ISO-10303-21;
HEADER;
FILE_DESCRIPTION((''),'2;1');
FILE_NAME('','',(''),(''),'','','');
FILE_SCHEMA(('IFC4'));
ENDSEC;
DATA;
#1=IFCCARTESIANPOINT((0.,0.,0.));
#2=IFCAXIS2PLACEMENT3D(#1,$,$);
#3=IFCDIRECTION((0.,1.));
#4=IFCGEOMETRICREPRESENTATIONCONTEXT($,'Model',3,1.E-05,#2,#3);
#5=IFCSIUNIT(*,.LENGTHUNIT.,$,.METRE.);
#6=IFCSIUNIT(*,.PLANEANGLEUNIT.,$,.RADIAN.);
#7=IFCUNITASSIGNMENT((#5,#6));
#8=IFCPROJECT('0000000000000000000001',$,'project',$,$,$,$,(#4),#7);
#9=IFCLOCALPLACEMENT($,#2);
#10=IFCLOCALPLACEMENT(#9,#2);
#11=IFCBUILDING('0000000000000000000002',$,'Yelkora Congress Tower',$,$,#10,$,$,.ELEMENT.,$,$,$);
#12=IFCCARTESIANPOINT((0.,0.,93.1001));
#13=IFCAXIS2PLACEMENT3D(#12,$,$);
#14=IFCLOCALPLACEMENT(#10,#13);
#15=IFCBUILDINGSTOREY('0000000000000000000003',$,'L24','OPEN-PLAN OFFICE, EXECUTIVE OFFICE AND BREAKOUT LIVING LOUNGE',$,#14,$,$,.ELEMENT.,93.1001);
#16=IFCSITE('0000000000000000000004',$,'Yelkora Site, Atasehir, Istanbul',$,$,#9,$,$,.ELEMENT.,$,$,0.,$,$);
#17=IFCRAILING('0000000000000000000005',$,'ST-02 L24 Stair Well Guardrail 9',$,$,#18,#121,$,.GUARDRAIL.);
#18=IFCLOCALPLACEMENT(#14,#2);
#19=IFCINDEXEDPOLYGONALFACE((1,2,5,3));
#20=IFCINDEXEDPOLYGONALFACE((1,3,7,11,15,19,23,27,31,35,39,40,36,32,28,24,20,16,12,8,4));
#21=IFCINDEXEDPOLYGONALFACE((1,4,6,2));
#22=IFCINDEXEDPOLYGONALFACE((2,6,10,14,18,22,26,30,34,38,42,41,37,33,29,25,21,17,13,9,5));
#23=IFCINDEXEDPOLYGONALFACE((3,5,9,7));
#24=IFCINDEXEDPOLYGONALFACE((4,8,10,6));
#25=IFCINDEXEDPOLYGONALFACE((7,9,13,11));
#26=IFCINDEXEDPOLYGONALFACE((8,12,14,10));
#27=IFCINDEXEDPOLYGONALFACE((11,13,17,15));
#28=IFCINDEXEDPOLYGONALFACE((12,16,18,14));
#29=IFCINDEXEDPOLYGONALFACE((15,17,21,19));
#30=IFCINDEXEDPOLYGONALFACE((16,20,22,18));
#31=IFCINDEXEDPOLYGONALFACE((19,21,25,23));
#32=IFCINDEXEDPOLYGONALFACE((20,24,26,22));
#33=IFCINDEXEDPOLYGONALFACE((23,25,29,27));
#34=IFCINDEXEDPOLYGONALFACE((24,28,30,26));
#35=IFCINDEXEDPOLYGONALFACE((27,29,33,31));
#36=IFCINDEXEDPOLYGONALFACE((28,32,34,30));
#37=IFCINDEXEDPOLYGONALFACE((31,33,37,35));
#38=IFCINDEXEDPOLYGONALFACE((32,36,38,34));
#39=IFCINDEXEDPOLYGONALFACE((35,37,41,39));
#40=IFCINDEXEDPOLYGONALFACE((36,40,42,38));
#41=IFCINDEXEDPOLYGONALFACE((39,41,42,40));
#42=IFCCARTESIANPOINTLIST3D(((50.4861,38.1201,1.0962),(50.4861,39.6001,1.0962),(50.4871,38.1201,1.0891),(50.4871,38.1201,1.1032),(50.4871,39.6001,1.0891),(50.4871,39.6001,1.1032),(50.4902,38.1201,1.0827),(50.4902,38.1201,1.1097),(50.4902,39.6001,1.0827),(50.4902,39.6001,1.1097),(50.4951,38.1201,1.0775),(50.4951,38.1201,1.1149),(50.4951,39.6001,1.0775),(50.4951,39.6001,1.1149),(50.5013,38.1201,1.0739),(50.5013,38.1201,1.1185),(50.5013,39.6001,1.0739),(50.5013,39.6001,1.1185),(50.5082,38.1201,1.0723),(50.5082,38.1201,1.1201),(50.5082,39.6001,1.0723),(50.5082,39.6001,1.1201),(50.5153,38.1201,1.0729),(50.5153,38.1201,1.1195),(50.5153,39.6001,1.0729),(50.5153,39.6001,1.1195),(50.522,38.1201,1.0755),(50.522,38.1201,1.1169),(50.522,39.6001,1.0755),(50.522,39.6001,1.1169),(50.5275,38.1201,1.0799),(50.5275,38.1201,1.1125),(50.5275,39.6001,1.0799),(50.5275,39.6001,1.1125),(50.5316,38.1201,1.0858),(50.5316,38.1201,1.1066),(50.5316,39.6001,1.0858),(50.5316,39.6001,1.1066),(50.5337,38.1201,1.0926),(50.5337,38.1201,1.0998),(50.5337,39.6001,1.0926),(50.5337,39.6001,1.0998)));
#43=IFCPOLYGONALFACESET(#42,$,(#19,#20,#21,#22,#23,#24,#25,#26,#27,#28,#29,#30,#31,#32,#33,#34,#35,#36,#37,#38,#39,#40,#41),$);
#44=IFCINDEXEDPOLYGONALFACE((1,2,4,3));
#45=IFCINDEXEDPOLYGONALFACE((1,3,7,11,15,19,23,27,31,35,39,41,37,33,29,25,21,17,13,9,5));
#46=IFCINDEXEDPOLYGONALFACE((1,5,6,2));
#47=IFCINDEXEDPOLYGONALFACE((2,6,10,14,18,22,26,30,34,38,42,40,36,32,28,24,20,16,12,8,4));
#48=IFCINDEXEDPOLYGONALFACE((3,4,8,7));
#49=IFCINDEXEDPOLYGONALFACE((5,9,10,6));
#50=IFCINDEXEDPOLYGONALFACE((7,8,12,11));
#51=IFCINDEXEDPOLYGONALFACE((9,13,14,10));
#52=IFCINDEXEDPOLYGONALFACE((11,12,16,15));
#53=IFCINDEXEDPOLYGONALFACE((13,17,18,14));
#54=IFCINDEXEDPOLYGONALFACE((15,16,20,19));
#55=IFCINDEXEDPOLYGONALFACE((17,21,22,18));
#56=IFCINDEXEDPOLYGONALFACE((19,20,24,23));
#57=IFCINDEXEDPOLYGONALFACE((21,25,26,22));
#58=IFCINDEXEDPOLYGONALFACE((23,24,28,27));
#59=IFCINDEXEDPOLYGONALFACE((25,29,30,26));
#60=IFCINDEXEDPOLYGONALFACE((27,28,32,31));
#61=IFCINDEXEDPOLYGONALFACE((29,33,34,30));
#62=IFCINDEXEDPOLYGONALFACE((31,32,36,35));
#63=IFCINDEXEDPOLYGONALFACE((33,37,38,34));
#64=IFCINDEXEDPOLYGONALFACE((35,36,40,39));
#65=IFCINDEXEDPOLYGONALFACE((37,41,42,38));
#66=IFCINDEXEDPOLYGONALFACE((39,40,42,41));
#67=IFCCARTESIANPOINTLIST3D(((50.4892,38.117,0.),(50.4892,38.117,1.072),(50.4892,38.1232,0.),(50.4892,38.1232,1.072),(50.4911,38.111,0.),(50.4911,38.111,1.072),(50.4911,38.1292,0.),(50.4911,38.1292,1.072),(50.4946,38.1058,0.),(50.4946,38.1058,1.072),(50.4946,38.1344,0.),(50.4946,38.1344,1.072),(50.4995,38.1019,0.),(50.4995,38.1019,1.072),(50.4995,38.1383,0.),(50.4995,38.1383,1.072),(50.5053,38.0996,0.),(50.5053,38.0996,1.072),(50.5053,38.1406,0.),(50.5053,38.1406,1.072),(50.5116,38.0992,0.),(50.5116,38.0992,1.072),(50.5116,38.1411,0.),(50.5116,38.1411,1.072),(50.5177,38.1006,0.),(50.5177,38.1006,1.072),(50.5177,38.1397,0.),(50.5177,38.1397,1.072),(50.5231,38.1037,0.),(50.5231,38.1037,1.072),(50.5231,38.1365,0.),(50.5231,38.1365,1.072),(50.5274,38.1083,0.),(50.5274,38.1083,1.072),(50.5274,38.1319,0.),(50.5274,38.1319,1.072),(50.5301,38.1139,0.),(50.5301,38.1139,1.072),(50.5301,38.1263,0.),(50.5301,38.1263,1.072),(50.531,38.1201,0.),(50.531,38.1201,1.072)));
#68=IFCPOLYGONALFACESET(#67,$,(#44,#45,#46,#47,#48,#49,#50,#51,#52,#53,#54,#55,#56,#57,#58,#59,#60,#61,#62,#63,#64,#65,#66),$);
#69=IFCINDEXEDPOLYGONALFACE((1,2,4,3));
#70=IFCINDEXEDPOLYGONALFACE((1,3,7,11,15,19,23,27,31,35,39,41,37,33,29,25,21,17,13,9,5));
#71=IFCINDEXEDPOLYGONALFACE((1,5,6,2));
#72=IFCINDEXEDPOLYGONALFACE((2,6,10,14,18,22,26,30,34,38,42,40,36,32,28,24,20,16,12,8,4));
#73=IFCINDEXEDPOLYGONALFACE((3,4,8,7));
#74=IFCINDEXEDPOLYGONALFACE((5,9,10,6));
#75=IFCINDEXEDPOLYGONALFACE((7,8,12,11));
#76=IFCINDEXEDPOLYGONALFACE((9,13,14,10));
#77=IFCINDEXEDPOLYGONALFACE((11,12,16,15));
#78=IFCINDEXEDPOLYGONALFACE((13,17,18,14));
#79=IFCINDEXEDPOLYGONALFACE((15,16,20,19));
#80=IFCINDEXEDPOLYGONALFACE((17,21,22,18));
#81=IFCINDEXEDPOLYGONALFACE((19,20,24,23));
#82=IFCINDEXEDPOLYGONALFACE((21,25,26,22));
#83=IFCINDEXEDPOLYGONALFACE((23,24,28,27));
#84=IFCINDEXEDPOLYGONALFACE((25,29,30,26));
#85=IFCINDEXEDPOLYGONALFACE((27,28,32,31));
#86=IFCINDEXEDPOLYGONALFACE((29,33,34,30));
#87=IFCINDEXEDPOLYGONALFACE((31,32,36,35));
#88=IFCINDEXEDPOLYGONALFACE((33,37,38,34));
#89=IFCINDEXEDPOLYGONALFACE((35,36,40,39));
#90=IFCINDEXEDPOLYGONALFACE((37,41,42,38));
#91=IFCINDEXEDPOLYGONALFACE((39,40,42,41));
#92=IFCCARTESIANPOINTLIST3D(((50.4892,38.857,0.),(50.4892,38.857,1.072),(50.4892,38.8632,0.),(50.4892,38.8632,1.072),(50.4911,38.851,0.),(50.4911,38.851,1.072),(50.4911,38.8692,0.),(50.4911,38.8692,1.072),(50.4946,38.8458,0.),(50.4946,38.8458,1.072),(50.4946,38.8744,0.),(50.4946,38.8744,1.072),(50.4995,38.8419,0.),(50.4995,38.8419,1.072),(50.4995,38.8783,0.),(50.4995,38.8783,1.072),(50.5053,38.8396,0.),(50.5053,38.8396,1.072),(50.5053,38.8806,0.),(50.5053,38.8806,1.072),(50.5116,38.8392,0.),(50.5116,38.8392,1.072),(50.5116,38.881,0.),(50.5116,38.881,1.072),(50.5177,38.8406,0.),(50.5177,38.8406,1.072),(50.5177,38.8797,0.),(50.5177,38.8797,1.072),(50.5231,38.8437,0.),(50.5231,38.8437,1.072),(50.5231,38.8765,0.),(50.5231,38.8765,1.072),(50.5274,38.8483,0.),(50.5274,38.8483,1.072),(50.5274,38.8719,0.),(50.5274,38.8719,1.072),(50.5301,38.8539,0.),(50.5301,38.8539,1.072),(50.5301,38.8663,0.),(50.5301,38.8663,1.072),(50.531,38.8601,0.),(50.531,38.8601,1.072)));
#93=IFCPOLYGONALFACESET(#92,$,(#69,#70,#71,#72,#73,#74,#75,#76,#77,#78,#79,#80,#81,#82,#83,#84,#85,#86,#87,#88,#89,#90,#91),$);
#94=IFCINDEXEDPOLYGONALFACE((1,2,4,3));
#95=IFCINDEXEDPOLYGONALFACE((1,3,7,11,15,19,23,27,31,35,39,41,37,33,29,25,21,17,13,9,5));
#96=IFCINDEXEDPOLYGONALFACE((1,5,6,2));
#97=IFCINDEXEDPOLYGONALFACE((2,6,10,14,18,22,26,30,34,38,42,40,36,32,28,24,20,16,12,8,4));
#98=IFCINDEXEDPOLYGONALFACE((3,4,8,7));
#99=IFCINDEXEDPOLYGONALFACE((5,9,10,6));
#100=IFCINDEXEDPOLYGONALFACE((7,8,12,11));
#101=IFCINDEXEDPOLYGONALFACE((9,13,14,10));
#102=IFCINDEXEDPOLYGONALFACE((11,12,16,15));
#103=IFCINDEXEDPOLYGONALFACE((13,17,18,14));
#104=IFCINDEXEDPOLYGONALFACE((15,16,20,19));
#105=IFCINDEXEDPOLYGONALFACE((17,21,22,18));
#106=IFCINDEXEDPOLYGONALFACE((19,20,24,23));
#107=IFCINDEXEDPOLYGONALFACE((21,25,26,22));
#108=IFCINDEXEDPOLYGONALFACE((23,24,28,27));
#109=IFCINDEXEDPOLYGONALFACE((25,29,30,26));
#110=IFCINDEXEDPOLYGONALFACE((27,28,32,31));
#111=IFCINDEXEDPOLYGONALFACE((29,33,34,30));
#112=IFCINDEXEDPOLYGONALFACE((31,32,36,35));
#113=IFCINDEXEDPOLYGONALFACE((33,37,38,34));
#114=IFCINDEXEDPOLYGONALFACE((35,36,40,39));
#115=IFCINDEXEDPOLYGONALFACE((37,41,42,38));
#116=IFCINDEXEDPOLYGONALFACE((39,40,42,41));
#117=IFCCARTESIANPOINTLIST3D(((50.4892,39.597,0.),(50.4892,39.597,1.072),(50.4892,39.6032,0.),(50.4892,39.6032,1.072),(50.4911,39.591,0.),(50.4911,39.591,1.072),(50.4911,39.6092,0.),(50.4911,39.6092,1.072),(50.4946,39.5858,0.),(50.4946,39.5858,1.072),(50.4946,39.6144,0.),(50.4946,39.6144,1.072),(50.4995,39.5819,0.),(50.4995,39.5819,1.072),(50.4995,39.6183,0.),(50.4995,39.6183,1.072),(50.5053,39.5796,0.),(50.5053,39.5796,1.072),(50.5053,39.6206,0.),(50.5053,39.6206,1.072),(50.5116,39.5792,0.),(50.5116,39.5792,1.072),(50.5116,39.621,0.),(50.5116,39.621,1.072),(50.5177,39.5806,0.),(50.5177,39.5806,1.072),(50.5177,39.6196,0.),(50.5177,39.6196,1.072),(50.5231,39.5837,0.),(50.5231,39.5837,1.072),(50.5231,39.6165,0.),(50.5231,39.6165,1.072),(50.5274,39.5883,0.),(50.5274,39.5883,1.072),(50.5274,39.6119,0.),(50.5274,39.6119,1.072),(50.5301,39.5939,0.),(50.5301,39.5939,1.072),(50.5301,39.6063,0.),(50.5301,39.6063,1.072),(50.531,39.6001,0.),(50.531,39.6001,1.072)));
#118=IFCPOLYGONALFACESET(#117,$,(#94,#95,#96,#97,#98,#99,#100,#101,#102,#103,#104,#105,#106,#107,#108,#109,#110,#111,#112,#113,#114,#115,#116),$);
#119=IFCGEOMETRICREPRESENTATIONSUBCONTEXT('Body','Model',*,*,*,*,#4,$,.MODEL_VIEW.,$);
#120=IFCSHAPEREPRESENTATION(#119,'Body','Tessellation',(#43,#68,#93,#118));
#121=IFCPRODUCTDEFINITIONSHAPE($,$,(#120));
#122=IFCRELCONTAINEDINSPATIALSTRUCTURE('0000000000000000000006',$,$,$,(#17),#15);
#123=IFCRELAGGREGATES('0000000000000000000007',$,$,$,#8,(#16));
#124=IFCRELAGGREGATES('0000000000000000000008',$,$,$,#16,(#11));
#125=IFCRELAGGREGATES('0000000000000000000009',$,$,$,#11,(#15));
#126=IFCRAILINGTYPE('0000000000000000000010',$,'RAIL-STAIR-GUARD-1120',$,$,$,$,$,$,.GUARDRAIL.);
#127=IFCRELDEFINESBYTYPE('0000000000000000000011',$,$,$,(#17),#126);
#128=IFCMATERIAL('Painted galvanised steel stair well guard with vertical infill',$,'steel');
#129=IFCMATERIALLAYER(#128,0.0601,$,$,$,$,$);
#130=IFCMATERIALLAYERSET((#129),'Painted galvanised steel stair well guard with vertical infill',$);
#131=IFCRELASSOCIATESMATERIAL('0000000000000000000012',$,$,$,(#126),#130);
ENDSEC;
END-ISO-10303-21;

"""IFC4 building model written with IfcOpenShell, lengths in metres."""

from ifc_helpers import new_model, si_unit, direction, frame, origin, origin_2d, place, context, subcontext, project, spatial, circle, extrude, material, layer, layer_set, type_object, element, save


model = new_model("IFC4")

# Units and contexts
model_context = context("Model", 3, precision=1e-05, world=origin(), true_north=direction((0.0, 1.0)))
body_context = subcontext(model_context, "Body", "Model", "MODEL_VIEW")
ifc_project = project(units=[si_unit("LENGTHUNIT", "METRE"), si_unit("PLANEANGLEUNIT", "RADIAN")], contexts=[model_context])

# Site, building, storey
site_placement = place(None, origin())
site = spatial("IfcSite", under=ifc_project, at=site_placement, Name="Yelkora Site, Atasehir, Istanbul", CompositionType="ELEMENT", RefElevation=0.0)
building_placement = place(site_placement, origin())
building = spatial("IfcBuilding", under=site, at=building_placement, Name="Yelkora Congress Tower", CompositionType="ELEMENT")
storey_placement = place(building_placement, frame((0.0, 0.0, 93.1001)))
storey = spatial("IfcBuildingStorey", under=building, at=storey_placement, Name="L24", Description="OPEN-PLAN OFFICE, EXECUTIVE OFFICE AND BREAKOUT LIVING LOUNGE", CompositionType="ELEMENT", Elevation=93.1001)

# Railing
ifc_material_1 = material(Name="Painted galvanised steel stair well guard with vertical infill", Category="steel")
ifc_layer_1 = layer(ifc_material_1, 0.0601)
ifc_layer_set_1 = layer_set([ifc_layer_1], Name="Painted galvanised steel stair well guard with vertical infill")
railing_type_1 = type_object("IfcRailingType", Name="RAIL-STAIR-GUARD-1120", PredefinedType="GUARDRAIL", material=ifc_layer_set_1)
for number, where, name in (
    (1, (50.51, 38.1201, 0.0), "ST-02 L24 Stair Well Guardrail 9"),
):
    element("IfcRailing", number, at=place(storey_placement, frame(where)), inside=storey, type_object=railing_type_1, Name=name, PredefinedType="GUARDRAIL", context=body_context, shape_type="SweptSolid", body=[
        extrude(circle(Radius=0.0239, at=origin_2d()), frame((0.0, 0.0, 1.0962), z_axis=(0.0, 1.0, 0.0), x_axis=(-1.0, 0.0, 0.0)), (0.0, 0.0, 1.0), 1.48),
        extrude(circle(Radius=0.021, at=origin_2d()), origin(), (0.0, 0.0, 1.0), 1.072),
        extrude(circle(Radius=0.021, at=origin_2d()), frame((0.0, 0.74, 0.0)), (0.0, 0.0, 1.0), 1.072),
        extrude(circle(Radius=0.021, at=origin_2d()), frame((0.0, 1.48, 0.0)), (0.0, 0.0, 1.0), 1.072),
    ])

save(model, "model.ifc")
